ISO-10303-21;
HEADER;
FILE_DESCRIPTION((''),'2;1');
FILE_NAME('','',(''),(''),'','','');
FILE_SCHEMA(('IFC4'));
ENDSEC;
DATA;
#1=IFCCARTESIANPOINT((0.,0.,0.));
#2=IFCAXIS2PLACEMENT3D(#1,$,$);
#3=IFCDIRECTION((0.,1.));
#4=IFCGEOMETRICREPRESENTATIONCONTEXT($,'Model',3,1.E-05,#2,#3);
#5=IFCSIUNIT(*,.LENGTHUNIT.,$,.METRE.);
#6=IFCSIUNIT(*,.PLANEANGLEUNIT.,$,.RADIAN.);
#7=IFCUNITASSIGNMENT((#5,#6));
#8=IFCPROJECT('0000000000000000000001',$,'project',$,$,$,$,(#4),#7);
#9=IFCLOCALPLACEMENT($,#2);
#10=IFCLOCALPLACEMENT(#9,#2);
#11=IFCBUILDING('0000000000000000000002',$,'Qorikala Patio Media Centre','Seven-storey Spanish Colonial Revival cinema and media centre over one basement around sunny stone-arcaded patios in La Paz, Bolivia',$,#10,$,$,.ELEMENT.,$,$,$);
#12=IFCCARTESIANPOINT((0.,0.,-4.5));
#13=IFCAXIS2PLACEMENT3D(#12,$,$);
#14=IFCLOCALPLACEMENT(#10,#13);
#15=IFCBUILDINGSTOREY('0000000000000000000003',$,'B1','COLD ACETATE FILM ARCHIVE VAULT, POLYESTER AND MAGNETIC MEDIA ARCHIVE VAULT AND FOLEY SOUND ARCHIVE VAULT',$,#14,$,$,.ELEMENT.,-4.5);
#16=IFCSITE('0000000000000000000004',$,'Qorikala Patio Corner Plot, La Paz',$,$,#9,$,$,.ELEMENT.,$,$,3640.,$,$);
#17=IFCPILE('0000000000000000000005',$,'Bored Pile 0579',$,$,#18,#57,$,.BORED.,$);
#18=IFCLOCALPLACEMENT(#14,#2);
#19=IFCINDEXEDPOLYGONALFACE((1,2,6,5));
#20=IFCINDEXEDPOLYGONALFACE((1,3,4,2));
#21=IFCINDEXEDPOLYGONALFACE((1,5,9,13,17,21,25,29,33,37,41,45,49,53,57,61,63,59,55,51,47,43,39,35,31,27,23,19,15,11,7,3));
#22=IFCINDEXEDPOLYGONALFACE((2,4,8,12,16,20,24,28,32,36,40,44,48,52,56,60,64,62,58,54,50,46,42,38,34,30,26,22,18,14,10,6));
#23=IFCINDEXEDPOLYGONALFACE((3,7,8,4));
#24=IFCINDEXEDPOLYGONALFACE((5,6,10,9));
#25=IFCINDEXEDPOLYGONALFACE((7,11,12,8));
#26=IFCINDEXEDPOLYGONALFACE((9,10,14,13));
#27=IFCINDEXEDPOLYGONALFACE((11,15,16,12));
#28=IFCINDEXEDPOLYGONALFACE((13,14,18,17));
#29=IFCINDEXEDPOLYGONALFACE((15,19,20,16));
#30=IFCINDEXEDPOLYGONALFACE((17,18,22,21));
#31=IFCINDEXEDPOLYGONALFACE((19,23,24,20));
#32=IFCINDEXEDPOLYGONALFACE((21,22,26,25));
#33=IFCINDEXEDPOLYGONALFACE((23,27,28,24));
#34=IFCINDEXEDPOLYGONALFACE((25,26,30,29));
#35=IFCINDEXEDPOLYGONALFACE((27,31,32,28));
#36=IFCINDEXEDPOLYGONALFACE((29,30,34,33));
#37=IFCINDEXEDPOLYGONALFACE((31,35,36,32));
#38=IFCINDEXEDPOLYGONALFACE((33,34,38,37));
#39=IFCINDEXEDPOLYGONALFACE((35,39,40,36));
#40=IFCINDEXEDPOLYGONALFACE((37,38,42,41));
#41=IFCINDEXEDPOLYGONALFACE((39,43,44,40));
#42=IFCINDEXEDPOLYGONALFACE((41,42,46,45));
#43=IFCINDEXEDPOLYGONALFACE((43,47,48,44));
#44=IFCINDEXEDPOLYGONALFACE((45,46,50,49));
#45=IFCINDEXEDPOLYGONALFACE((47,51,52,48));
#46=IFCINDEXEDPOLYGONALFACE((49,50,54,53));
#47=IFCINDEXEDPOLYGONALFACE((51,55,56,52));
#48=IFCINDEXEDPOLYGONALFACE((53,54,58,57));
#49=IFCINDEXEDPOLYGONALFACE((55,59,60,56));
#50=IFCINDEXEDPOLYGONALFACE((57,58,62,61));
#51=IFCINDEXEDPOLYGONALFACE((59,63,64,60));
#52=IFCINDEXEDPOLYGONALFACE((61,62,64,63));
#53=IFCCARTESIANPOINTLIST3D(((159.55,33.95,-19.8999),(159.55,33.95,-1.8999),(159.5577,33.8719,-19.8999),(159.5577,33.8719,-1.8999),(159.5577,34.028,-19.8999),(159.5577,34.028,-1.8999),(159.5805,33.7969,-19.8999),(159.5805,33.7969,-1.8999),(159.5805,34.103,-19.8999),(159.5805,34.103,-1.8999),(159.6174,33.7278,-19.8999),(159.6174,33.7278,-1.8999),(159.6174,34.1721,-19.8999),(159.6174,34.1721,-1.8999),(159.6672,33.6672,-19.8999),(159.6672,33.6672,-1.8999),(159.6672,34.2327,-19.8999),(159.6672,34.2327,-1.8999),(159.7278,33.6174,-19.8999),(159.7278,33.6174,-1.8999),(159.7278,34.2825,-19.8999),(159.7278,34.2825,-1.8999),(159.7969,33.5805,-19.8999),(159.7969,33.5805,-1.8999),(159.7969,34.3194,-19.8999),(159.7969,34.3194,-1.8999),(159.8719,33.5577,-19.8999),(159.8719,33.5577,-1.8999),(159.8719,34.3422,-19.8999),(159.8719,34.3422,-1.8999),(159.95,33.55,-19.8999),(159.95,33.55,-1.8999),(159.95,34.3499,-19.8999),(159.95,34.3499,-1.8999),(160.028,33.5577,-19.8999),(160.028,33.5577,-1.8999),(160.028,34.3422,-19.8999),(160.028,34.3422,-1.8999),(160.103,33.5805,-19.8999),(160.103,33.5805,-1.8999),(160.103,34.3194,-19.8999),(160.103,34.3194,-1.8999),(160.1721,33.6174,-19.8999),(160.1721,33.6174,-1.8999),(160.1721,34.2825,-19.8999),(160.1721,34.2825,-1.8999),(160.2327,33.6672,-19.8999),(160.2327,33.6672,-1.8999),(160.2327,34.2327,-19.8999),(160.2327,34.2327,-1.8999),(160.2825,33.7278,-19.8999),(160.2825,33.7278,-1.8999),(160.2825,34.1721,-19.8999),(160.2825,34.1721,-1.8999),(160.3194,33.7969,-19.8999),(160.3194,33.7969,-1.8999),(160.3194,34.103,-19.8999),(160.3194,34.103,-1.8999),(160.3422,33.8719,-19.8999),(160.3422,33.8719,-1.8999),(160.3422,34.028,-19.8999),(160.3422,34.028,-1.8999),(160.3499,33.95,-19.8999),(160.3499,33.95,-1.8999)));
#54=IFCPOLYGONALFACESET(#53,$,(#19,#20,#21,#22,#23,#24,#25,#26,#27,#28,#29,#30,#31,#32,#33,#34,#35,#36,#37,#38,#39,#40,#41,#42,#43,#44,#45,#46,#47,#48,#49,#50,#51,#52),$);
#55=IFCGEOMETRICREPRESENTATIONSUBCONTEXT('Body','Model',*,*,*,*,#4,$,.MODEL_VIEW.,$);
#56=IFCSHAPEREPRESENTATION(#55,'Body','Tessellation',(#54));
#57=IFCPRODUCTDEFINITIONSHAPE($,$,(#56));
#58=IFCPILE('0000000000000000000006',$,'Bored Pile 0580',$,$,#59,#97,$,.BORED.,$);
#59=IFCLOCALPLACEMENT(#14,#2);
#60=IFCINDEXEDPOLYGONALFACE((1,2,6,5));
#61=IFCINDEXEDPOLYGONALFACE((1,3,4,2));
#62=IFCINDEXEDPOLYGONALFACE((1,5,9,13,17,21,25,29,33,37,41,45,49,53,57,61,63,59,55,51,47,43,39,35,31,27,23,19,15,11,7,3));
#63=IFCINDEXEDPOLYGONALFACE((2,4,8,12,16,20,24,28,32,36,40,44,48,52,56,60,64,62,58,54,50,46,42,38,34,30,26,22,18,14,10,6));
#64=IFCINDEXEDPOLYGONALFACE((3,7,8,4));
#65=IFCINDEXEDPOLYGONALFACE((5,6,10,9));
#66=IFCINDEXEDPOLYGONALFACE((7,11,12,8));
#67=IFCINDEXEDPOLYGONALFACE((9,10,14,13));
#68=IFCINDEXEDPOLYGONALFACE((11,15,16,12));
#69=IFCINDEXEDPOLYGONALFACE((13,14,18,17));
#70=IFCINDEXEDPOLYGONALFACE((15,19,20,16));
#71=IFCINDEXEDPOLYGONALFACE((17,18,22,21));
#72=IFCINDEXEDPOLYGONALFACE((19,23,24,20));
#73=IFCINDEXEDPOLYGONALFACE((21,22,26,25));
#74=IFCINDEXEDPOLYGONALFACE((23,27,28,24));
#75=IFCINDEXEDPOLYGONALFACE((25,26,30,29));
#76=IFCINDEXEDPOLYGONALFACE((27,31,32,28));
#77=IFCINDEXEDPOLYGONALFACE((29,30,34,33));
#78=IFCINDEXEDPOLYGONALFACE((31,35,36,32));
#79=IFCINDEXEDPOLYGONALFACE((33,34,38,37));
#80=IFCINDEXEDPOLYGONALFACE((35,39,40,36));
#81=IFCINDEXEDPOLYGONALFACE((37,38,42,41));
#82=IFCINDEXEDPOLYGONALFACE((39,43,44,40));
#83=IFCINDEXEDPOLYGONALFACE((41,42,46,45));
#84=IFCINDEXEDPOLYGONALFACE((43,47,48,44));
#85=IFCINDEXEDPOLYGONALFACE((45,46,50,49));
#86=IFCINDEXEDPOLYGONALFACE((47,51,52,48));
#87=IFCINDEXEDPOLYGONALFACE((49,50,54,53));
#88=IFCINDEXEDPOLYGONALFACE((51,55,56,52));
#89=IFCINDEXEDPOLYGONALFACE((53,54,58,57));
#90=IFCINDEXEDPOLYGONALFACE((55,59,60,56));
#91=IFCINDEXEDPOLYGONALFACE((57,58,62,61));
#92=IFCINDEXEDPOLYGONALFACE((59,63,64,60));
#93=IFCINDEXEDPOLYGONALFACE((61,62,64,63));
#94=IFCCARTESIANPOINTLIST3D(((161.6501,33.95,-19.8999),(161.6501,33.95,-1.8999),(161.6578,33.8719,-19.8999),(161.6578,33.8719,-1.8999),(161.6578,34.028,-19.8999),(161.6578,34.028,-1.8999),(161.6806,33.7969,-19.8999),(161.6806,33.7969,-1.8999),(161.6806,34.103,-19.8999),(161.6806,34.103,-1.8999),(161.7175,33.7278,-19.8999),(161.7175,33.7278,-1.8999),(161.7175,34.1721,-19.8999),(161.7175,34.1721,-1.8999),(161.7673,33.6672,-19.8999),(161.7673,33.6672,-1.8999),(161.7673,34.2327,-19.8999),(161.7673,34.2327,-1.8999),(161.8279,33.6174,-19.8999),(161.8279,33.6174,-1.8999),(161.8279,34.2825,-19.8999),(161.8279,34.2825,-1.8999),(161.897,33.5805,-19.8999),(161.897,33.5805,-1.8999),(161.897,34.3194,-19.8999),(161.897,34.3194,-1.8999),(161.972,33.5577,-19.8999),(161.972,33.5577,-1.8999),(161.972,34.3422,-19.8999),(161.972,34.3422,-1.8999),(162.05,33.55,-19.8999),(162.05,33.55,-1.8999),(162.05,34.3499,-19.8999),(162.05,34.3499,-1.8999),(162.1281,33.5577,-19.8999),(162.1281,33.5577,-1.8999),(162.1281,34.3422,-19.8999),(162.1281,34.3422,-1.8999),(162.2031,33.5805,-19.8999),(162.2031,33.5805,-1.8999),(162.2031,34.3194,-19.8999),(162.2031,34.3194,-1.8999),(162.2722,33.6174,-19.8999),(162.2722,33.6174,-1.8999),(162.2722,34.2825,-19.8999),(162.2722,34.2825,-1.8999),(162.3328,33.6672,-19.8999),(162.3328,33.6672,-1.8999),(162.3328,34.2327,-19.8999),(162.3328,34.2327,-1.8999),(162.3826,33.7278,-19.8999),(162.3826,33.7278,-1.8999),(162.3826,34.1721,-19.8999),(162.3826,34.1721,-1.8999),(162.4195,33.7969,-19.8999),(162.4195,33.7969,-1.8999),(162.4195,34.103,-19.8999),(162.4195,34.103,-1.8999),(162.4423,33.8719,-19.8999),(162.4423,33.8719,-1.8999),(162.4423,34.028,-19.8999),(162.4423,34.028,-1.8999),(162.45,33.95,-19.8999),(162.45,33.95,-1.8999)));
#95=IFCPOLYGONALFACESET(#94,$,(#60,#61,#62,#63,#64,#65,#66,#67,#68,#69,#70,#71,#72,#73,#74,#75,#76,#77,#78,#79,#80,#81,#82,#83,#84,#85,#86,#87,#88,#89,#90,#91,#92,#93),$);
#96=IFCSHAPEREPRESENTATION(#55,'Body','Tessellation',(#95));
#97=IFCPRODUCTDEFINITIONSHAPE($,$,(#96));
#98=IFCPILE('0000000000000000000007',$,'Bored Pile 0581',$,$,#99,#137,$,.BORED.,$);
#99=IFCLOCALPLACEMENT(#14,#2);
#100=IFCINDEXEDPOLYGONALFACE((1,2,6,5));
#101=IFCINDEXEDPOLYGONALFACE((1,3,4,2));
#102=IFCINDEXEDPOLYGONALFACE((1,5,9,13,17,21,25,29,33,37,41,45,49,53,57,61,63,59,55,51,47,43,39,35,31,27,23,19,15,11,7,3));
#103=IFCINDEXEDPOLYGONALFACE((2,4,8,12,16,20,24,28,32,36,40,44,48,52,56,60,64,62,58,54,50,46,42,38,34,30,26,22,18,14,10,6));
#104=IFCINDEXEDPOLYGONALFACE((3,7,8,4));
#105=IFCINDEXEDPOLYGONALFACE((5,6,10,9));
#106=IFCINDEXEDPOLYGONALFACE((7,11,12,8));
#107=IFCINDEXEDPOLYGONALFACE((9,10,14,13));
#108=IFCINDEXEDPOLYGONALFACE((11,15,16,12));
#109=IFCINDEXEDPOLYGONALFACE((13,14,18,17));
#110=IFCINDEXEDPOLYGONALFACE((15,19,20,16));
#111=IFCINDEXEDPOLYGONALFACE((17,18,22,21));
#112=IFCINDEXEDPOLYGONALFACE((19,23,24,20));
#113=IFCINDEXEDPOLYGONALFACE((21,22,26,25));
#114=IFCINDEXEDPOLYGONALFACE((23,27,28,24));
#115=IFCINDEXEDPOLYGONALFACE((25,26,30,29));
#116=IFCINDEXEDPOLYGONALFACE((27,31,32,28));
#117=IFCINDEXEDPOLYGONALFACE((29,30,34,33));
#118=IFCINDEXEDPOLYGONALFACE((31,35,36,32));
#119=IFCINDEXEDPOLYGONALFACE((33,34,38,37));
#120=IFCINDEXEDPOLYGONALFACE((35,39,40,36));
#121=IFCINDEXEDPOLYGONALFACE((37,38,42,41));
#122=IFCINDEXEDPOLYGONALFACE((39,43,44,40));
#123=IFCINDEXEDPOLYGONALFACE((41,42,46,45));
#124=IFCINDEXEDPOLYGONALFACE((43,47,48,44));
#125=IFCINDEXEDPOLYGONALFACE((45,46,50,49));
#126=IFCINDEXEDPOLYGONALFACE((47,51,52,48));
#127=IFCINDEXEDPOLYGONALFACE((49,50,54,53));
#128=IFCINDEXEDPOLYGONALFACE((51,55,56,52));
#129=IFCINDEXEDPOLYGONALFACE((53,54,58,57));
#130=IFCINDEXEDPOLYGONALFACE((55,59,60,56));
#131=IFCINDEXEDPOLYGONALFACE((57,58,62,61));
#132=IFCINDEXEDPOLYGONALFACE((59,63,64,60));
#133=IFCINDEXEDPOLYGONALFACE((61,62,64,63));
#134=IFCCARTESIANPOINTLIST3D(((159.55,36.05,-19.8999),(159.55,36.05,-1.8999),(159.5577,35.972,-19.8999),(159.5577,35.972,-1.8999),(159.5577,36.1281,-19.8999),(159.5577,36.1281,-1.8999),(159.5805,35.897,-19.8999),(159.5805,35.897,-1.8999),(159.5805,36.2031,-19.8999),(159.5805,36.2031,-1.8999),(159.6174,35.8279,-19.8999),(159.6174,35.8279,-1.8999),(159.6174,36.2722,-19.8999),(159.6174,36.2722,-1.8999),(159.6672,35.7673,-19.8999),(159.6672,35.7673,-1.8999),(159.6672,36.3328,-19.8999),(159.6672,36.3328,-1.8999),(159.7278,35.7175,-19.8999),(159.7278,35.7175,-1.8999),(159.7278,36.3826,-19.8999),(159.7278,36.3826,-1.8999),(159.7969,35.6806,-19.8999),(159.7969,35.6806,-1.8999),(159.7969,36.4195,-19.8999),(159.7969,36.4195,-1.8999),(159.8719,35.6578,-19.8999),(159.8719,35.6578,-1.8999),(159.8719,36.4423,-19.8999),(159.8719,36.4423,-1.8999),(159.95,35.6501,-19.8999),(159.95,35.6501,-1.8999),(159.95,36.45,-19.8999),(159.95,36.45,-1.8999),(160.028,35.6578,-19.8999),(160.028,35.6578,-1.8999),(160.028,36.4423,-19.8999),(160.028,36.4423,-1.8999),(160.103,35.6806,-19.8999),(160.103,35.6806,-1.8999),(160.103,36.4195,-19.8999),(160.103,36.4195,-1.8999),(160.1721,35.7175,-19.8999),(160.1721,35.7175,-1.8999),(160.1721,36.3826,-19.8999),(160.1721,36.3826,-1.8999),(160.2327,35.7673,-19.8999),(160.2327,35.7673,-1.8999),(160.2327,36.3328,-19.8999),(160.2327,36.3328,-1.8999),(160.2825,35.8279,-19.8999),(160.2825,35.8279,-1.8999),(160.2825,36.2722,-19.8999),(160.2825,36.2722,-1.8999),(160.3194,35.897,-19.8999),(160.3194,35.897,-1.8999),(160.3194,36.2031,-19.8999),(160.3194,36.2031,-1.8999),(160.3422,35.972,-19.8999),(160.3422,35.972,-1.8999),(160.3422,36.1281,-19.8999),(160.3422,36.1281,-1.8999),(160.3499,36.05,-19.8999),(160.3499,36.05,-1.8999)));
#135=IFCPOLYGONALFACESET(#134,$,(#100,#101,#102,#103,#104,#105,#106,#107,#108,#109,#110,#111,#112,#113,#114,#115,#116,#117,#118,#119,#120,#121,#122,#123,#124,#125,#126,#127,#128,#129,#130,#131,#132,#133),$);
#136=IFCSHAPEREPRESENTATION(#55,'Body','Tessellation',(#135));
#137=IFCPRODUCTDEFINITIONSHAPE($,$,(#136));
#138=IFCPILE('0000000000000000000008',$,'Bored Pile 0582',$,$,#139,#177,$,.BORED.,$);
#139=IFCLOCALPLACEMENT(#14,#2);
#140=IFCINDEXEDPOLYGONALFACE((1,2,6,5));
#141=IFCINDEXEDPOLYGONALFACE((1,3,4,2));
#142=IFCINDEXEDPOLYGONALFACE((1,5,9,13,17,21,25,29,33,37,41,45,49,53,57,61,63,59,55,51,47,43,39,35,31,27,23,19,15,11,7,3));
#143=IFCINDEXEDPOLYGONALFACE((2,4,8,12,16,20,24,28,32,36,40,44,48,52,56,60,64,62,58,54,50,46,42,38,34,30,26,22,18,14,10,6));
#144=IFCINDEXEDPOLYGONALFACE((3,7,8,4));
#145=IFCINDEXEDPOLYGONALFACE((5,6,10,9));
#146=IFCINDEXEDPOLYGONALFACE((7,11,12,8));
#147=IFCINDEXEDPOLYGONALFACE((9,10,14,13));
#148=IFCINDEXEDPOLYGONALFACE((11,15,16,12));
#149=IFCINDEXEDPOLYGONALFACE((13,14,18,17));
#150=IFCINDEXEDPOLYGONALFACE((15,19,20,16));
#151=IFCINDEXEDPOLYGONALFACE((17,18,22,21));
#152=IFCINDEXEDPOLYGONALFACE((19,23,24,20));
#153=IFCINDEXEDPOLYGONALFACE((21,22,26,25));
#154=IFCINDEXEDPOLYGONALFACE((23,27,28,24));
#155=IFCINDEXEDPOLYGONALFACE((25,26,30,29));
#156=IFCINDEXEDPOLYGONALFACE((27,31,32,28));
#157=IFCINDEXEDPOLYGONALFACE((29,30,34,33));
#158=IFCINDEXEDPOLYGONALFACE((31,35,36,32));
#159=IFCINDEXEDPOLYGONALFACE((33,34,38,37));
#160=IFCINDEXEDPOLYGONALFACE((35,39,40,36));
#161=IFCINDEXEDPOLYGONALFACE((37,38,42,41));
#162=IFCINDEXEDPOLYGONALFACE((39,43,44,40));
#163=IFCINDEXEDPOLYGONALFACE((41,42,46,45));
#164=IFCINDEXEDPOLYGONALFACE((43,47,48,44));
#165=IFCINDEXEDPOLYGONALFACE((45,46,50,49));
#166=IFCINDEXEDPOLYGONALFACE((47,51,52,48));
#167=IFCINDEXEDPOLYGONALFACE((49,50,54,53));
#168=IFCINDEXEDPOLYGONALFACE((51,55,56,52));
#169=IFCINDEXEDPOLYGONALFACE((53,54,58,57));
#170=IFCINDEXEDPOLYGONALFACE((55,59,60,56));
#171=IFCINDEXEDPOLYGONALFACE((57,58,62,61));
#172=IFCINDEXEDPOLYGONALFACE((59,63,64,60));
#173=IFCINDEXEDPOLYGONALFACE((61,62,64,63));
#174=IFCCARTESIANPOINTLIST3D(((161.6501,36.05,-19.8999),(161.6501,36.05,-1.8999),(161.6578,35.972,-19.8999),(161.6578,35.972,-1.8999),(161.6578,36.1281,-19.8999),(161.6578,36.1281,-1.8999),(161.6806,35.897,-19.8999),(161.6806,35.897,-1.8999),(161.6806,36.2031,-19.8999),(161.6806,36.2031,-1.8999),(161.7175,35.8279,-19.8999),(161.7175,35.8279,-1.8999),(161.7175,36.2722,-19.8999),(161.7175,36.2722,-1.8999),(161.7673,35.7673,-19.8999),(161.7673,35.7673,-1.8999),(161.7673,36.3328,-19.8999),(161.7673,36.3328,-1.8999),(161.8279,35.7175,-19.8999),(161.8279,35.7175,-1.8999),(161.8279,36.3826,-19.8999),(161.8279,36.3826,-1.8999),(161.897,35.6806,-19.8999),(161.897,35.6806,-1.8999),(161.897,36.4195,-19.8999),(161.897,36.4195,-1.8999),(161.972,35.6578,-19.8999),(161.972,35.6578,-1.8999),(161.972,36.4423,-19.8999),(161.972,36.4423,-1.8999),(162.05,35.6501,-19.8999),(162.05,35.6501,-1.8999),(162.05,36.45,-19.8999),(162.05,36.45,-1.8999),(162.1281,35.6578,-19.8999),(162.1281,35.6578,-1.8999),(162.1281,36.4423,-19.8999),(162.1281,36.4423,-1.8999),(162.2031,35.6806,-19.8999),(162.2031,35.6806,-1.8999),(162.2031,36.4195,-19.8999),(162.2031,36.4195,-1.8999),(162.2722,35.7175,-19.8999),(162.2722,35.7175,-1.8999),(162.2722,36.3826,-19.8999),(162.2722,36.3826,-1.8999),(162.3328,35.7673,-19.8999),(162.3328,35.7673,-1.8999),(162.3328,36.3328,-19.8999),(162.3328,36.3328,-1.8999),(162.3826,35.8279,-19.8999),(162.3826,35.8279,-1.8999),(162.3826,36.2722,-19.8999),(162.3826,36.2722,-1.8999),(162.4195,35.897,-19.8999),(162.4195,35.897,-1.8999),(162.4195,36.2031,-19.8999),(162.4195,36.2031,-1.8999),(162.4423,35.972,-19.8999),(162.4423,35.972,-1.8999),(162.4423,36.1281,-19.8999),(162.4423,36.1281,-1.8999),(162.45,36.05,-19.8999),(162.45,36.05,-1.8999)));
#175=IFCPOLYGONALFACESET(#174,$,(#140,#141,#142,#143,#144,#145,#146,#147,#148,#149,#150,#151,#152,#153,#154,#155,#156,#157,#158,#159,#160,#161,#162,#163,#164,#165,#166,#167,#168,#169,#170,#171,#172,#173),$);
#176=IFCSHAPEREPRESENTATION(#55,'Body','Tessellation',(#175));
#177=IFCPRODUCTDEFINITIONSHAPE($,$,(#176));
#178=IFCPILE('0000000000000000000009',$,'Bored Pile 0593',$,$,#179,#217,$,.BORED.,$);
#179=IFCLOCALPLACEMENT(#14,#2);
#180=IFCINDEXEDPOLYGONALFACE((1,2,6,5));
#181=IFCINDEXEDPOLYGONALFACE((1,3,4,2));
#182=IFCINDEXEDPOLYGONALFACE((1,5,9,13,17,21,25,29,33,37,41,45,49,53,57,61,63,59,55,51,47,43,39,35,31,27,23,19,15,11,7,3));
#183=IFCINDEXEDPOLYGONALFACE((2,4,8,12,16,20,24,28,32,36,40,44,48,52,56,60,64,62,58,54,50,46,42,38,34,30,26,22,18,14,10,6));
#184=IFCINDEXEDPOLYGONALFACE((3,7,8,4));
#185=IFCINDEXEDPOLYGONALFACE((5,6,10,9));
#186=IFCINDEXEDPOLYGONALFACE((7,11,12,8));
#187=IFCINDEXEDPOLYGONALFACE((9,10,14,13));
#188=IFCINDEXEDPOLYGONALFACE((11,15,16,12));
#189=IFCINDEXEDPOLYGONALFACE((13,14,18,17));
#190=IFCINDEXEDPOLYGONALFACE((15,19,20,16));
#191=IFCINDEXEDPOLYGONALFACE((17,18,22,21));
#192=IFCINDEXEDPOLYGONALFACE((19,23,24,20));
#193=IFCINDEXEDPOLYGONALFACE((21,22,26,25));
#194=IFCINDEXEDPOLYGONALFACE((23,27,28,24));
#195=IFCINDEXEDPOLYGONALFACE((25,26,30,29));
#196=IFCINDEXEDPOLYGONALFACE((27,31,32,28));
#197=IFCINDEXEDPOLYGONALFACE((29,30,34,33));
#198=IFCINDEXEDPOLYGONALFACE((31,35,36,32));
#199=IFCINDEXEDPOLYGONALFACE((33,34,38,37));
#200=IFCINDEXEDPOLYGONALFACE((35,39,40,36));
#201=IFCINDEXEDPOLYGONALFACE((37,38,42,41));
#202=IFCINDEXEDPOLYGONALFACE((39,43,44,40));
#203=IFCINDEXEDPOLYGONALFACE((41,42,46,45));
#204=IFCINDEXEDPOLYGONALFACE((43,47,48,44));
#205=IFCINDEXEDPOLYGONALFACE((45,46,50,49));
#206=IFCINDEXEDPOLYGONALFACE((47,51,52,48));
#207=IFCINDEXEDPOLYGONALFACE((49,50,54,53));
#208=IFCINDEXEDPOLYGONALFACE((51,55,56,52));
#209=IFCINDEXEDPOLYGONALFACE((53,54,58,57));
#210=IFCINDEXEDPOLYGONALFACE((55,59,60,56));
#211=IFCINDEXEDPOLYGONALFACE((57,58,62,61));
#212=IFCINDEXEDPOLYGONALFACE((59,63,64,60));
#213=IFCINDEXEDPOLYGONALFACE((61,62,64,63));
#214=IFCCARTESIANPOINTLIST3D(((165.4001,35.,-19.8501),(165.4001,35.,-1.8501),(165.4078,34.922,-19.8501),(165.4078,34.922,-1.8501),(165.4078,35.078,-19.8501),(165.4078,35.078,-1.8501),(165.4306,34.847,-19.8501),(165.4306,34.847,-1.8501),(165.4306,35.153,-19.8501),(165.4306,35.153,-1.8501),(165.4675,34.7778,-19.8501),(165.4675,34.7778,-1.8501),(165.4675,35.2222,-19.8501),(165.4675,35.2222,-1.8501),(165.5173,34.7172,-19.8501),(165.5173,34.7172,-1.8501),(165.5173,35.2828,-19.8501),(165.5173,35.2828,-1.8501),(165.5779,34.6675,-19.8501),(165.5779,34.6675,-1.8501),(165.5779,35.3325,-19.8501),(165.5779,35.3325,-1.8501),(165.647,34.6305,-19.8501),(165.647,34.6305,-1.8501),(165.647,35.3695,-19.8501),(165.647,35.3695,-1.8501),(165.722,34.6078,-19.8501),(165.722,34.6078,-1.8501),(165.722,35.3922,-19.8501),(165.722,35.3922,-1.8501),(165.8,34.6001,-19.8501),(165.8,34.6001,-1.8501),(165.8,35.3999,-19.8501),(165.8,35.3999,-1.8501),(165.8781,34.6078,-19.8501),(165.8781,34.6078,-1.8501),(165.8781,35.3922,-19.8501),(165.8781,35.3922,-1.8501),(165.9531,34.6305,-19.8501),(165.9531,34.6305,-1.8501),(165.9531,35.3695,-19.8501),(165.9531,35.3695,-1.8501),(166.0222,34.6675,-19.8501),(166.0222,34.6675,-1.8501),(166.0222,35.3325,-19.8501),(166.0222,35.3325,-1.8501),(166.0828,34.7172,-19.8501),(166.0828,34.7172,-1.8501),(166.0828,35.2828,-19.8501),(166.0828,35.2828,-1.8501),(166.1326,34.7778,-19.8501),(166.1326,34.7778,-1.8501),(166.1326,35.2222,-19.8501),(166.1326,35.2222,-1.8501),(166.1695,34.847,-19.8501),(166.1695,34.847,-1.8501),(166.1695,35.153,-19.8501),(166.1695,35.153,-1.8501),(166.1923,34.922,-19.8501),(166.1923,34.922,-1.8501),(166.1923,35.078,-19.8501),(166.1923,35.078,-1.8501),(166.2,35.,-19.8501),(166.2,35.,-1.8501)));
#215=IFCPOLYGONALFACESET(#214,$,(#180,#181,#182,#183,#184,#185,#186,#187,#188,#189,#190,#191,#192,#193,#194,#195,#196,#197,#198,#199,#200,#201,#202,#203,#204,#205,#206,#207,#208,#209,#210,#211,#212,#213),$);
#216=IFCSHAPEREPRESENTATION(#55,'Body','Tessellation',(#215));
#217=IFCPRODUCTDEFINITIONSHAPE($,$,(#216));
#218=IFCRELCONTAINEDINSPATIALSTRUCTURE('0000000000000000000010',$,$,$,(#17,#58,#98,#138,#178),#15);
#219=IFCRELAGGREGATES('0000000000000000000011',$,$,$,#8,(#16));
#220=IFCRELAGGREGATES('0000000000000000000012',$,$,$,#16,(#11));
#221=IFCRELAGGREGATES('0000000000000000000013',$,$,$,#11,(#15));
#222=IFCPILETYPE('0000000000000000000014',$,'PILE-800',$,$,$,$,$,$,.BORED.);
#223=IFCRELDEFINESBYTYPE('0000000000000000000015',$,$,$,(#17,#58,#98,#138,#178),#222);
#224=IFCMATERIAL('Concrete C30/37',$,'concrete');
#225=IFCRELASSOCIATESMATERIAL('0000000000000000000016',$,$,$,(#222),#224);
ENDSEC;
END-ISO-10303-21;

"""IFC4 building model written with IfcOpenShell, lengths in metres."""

from ifc_helpers import new_model, si_unit, direction, frame, origin, origin_2d, place, context, subcontext, project, spatial, circle, extrude, material, material_profile, profile_set, type_object, element, save


model = new_model("IFC4")

# Units and contexts
model_context = context("Model", 3, precision=1e-05, world=origin(), true_north=direction((0.0, 1.0)))
body_context = subcontext(model_context, "Body", "Model", "MODEL_VIEW")
ifc_project = project(units=[si_unit("LENGTHUNIT", "METRE"), si_unit("PLANEANGLEUNIT", "RADIAN")], contexts=[model_context])

# Site, building, storey
site_placement = place(None, origin())
site = spatial("IfcSite", under=ifc_project, at=site_placement, Name="Qorikala Patio Corner Plot, La Paz", CompositionType="ELEMENT", RefElevation=3640.0)
building_placement = place(site_placement, origin())
building = spatial("IfcBuilding", under=site, at=building_placement, Name="Qorikala Patio Media Centre", Description="Seven-storey Spanish Colonial Revival cinema and media centre over one basement around sunny stone-arcaded patios in La Paz, Bolivia", CompositionType="ELEMENT")
storey_placement = place(building_placement, frame((0.0, 0.0, -4.5)))
storey = spatial("IfcBuildingStorey", under=building, at=storey_placement, Name="B1", Description="COLD ACETATE FILM ARCHIVE VAULT, POLYESTER AND MAGNETIC MEDIA ARCHIVE VAULT AND FOLEY SOUND ARCHIVE VAULT", CompositionType="ELEMENT", Elevation=-4.5)

# Shared definitions
ifc_material_1 = material(Name="Concrete C30/37", Category="concrete")

# Piles
ifc_material_profile_1 = material_profile(ifc_material_1, circle(Radius=0.3999, at=origin_2d()), Name="BORED PILE 800")
ifc_profile_set_1 = profile_set([ifc_material_profile_1], Name="Concrete C30/37")
pile_type = type_object("IfcPileType", Name="PILE-800", PredefinedType="BORED", material=ifc_profile_set_1)
for number, where, z_axis, x_axis, name in (
    (1, (159.95, 33.95, -1.8999), (0.0, 0.0, -1.0), (1.0, 0.0, 0.0), "Bored Pile 0579"),
    (2, (162.05, 33.95, -1.8999), (0.0, 0.0, -1.0), (1.0, 0.0, 0.0), "Bored Pile 0580"),
    (3, (159.95, 36.05, -1.8999), (0.0, 0.0, -1.0), (1.0, 0.0, 0.0), "Bored Pile 0581"),
    (4, (162.05, 36.05, -1.8999), (0.0, 0.0, -1.0), (1.0, 0.0, 0.0), "Bored Pile 0582"),
    (5, (165.8, 35.0, -1.8501), (0.0, 0.0, -1.0), (1.0, 0.0, 0.0), "Bored Pile 0593"),
):
    element("IfcPile", number, at=place(storey_placement, frame(where, z_axis=z_axis, x_axis=x_axis)), inside=storey, type_object=pile_type, Name=name, PredefinedType="BORED", context=body_context, shape_type="SweptSolid", body=[
        extrude(circle(Radius=0.3999, at=origin_2d()), origin(), (0.0, 0.0, 1.0), 18.0),
    ])

save(model, "model.ifc")
